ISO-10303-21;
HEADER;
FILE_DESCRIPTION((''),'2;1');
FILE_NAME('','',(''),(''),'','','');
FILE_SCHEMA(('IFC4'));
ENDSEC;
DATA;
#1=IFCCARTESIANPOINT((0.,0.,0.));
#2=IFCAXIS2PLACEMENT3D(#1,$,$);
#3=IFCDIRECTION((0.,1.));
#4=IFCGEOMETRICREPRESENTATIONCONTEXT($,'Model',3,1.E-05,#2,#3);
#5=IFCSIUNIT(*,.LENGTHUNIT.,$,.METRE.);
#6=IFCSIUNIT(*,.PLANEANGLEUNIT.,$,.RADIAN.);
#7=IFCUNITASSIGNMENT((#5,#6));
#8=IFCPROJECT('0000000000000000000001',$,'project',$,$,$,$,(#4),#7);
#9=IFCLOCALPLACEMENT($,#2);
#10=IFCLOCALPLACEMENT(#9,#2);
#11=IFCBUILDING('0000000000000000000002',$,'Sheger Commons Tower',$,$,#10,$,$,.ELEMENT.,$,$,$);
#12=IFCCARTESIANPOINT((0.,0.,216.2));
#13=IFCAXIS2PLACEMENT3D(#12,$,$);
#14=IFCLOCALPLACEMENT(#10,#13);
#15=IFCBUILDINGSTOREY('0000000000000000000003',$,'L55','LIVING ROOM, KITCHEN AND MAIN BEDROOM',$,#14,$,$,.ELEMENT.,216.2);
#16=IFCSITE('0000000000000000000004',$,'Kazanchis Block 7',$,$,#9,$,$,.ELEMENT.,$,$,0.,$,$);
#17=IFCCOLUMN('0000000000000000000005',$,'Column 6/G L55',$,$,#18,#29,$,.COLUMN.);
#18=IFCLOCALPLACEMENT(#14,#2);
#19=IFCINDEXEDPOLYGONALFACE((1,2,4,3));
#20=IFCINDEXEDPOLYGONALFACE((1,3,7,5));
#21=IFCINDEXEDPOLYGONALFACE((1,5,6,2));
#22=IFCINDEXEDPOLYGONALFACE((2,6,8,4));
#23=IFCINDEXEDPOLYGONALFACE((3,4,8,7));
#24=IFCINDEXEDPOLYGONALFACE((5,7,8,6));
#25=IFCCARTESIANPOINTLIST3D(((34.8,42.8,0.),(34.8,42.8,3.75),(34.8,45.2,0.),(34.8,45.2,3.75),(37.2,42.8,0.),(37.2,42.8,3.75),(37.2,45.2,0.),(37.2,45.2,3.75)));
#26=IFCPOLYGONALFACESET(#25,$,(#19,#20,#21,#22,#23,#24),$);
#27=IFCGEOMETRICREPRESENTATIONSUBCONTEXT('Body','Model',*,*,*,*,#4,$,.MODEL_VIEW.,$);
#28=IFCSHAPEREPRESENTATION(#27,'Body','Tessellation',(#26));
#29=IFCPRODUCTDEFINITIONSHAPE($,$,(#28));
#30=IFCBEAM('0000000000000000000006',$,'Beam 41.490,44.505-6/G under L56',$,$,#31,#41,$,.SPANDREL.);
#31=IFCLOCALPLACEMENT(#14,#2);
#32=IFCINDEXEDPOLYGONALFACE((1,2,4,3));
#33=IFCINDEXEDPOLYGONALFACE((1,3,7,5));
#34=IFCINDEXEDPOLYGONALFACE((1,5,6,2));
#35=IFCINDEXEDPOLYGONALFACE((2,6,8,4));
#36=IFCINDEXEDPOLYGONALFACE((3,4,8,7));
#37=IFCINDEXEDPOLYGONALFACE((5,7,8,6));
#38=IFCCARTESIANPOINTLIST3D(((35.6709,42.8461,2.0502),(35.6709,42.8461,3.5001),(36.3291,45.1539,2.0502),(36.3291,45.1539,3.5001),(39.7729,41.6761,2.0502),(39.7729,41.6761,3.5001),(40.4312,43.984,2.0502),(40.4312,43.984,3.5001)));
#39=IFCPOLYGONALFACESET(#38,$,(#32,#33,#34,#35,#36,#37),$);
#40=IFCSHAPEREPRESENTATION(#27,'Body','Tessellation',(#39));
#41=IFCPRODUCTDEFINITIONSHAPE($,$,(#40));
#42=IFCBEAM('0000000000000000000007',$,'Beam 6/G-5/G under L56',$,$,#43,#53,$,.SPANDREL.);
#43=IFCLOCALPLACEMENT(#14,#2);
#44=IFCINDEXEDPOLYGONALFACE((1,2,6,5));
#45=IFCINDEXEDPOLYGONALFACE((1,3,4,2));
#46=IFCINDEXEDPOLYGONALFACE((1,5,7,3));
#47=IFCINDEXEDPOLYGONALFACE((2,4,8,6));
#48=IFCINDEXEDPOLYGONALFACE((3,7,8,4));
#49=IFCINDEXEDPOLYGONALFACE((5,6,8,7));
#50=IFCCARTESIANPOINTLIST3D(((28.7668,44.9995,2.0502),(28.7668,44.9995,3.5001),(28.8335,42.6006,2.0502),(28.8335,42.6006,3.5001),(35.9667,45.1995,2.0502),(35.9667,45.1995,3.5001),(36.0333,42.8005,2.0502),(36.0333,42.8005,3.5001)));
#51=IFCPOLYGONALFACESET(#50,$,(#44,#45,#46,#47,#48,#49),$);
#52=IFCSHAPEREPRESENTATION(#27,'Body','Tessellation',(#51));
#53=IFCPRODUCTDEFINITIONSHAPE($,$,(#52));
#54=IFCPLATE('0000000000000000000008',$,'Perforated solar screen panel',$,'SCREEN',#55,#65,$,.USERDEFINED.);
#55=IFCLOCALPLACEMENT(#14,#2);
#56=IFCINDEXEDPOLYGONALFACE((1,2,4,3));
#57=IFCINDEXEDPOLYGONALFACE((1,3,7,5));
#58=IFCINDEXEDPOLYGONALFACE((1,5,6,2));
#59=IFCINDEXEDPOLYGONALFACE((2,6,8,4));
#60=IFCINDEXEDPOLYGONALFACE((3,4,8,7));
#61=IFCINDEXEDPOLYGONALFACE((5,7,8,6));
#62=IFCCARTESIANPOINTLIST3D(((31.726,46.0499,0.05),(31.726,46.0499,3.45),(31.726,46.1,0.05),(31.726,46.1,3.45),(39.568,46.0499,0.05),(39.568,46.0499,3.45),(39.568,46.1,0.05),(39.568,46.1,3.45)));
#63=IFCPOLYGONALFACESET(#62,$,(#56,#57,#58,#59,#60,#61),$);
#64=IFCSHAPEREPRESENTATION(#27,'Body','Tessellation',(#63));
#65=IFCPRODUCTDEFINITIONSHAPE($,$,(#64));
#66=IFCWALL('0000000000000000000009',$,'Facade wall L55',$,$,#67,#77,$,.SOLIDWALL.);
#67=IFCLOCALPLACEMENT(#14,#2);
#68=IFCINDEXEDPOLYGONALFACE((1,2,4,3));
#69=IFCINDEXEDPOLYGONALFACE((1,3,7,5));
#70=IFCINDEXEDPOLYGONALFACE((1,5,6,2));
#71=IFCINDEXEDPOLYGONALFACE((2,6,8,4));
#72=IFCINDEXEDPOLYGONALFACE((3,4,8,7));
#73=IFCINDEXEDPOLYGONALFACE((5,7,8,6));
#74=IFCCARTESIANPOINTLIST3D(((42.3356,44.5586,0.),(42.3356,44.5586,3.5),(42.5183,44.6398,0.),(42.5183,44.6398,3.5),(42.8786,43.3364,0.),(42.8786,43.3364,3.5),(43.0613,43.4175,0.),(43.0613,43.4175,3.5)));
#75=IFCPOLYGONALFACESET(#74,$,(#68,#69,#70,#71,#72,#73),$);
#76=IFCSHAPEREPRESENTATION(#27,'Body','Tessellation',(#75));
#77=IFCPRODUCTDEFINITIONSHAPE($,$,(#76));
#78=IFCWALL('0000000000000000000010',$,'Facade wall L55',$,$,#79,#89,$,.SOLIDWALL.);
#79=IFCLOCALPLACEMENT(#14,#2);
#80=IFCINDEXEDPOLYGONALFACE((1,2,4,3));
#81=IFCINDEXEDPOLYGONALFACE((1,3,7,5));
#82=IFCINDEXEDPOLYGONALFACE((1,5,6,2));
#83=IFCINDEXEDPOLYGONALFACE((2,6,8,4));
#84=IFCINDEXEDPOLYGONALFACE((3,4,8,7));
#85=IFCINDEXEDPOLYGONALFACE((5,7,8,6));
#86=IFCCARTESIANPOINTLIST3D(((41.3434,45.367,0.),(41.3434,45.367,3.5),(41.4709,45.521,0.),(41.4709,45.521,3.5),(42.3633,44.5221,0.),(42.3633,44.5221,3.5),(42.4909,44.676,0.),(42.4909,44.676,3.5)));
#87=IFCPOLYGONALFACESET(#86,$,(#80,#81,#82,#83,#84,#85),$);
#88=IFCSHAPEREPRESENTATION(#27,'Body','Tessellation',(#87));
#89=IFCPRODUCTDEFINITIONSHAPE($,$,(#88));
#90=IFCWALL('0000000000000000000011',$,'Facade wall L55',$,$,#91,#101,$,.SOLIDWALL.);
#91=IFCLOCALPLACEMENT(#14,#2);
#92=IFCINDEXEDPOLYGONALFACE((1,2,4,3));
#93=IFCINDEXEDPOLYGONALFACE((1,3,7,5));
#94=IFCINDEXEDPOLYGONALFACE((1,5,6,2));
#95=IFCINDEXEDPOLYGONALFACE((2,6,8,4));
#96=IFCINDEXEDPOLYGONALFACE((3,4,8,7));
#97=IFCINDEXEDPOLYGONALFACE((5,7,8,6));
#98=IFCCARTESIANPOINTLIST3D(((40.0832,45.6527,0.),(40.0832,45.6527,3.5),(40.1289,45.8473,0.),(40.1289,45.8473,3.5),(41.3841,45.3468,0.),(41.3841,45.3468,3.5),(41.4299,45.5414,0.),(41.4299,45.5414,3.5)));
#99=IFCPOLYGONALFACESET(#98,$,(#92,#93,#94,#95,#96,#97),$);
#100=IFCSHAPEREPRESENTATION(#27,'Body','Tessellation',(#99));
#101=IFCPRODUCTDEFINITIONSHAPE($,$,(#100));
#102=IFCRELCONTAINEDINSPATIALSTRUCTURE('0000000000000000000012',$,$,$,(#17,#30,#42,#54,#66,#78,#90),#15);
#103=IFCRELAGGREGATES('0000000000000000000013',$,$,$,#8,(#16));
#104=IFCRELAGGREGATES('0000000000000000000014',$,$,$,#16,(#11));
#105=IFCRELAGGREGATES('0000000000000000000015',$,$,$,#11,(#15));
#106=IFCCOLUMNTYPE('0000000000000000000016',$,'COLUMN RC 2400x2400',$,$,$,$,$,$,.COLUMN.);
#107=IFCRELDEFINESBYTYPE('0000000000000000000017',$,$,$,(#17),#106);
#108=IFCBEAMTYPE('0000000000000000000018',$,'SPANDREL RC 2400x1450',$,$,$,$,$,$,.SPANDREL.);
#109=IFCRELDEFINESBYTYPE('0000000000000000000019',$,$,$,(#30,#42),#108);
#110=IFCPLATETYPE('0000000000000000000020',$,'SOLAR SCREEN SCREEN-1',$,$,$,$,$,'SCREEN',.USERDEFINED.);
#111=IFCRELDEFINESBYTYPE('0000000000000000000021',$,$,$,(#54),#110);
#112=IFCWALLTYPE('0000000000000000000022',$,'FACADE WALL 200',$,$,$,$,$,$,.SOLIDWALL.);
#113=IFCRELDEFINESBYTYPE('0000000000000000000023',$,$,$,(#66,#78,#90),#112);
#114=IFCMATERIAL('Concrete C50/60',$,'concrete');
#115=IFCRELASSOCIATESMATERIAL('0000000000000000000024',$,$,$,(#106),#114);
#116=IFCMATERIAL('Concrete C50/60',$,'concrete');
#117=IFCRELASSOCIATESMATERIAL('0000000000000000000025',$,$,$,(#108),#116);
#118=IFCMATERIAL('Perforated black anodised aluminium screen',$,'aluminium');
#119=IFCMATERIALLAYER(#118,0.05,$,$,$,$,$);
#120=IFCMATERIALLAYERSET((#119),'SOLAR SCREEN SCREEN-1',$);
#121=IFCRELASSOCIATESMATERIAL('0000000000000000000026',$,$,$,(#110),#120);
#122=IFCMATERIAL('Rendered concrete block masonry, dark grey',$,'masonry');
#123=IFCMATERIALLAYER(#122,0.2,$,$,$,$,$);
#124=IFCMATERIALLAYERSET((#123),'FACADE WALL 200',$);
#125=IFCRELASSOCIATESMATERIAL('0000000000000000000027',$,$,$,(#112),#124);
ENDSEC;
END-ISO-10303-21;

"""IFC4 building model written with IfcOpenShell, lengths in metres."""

from ifc_helpers import new_model, si_unit, direction, frame, frame_2d, origin, origin_2d, place, context, subcontext, project, spatial, rectangle, extrude, material, layer, layer_set, material_profile, profile_set, type_object, element, save


model = new_model("IFC4")

# Units and contexts
model_context = context("Model", 3, precision=1e-05, world=origin(), true_north=direction((0.0, 1.0)))
body_context = subcontext(model_context, "Body", "Model", "MODEL_VIEW")
ifc_project = project(units=[si_unit("LENGTHUNIT", "METRE"), si_unit("PLANEANGLEUNIT", "RADIAN")], contexts=[model_context])

# Site, building, storey
site_placement = place(None, origin())
site = spatial("IfcSite", under=ifc_project, at=site_placement, Name="Kazanchis Block 7", CompositionType="ELEMENT", RefElevation=0.0)
building_placement = place(site_placement, origin())
building = spatial("IfcBuilding", under=site, at=building_placement, Name="Sheger Commons Tower", CompositionType="ELEMENT")
storey_placement = place(building_placement, frame((0.0, 0.0, 216.2)))
storey = spatial("IfcBuildingStorey", under=building, at=storey_placement, Name="L55", Description="LIVING ROOM, KITCHEN AND MAIN BEDROOM", CompositionType="ELEMENT", Elevation=216.2)

# Column
ifc_material_1 = material(Name="Concrete C50/60", Category="concrete")
ifc_material_profile_1 = material_profile(ifc_material_1, rectangle(XDim=2.3999, YDim=2.3999, at=origin_2d()), Name="RC 2400x2400")
ifc_profile_set_1 = profile_set([ifc_material_profile_1], Name="Concrete C50/60")
column_type = type_object("IfcColumnType", Name="COLUMN RC 2400x2400", PredefinedType="COLUMN", material=ifc_profile_set_1)
column_placement = place(storey_placement, frame((36.0, 44.0, 0.0), z_axis=(0.0, 0.0, 1.0), x_axis=(1.0, 0.0, 0.0)))
element("IfcColumn", 1, at=column_placement, inside=storey, type_object=column_type, Name="Column 6/G L55", PredefinedType="COLUMN", context=body_context, shape_type="SweptSolid", body=[
    extrude(rectangle(XDim=2.3999, YDim=2.3999, at=origin_2d()), origin(), (0.0, 0.0, 1.0), 3.75),
])

# Beams
ifc_material_2 = material(Name="Concrete C50/60", Category="concrete")
ifc_material_profile_2 = material_profile(ifc_material_2, rectangle(XDim=2.3999, YDim=1.45, at=origin_2d()), Name="RC 2400x1450")
ifc_profile_set_2 = profile_set([ifc_material_profile_2], Name="Concrete C50/60")
beam_type = type_object("IfcBeamType", Name="SPANDREL RC 2400x1450", PredefinedType="SPANDREL", material=ifc_profile_set_2)
beam_1_placement = place(storey_placement, frame((40.1021, 42.8301, 2.7751), z_axis=(-0.961653, 0.274268, 0.0), x_axis=(-0.274268, -0.961653, 0.0)))
element("IfcBeam", 2, at=beam_1_placement, inside=storey, type_object=beam_type, Name="Beam 41.490,44.505-6/G under L56", PredefinedType="SPANDREL", context=body_context, shape_type="SweptSolid", body=[
    extrude(rectangle(XDim=2.3999, YDim=1.45, at=origin_2d()), origin(), (0.0, 0.0, 1.0), 4.2656),
])
beam_2_placement = place(storey_placement, frame((36.0, 44.0, 2.7751), z_axis=(-0.999615, -0.02776, 0.0), x_axis=(0.02776, -0.999615, 0.0)))
element("IfcBeam", 3, at=beam_2_placement, inside=storey, type_object=beam_type, Name="Beam 6/G-5/G under L56", PredefinedType="SPANDREL", context=body_context, shape_type="SweptSolid", body=[
    extrude(rectangle(XDim=2.3999, YDim=1.45, at=origin_2d()), origin(), (0.0, 0.0, 1.0), 7.2026),
])

# Plate
ifc_material_3 = material(Name="Perforated black anodised aluminium screen", Category="aluminium")
ifc_layer_1 = layer(ifc_material_3, 0.05)
ifc_layer_set_1 = layer_set([ifc_layer_1], Name="SOLAR SCREEN SCREEN-1")
plate_type = type_object("IfcPlateType", Name="SOLAR SCREEN SCREEN-1", ElementType="SCREEN", PredefinedType="USERDEFINED", material=ifc_layer_set_1)
plate_placement = place(storey_placement, frame((35.647, 46.075, 0.05), z_axis=(0.0, 0.0, 1.0), x_axis=(-1.0, 0.0, 0.0)))
element("IfcPlate", 4, at=plate_placement, inside=storey, type_object=plate_type, Name="Perforated solar screen panel", ObjectType="SCREEN", PredefinedType="USERDEFINED", context=body_context, shape_type="SweptSolid", body=[
    extrude(rectangle(XDim=7.842, YDim=0.05, at=origin_2d()), origin(), (0.0, 0.0, 1.0), 3.3999),
])

# Walls
ifc_material_4 = material(Name="Rendered concrete block masonry, dark grey", Category="masonry")
ifc_layer_2 = layer(ifc_material_4, 0.2)
ifc_layer_set_2 = layer_set([ifc_layer_2], Name="FACADE WALL 200")
wall_type_1 = type_object("IfcWallType", Name="FACADE WALL 200", PredefinedType="SOLIDWALL", material=ifc_layer_set_2)
wall_1_placement = place(storey_placement, frame((42.97, 43.377, 0.0), z_axis=(0.0, 0.0, 1.0), x_axis=(-0.406003, 0.913872, 0.0)))
element("IfcWall", 5, at=wall_1_placement, inside=storey, type_object=wall_type_1, Name="Facade wall L55", PredefinedType="SOLIDWALL", context=body_context, shape_type="SweptSolid", body=[
    extrude(rectangle(XDim=1.3374, YDim=0.2, at=frame_2d((0.6687, 0.0))), origin(), (0.0, 0.0, 1.0), 3.5),
])
wall_2_placement = place(storey_placement, frame((42.427, 44.5991, 0.0), z_axis=(0.0, 0.0, 1.0), x_axis=(-0.770091, 0.637934, 0.0)))
element("IfcWall", 6, at=wall_2_placement, inside=storey, type_object=wall_type_1, Name="Facade wall L55", PredefinedType="SOLIDWALL", context=body_context, shape_type="SweptSolid", body=[
    extrude(rectangle(XDim=1.3245, YDim=0.2, at=frame_2d((0.6621, 0.0))), origin(), (0.0, 0.0, 1.0), 3.5),
])
wall_3_placement = place(storey_placement, frame((41.407, 45.4441, 0.0), z_axis=(0.0, 0.0, 1.0), x_axis=(-0.973453, 0.228887, 0.0)))
element("IfcWall", 7, at=wall_3_placement, inside=storey, type_object=wall_type_1, Name="Facade wall L55", PredefinedType="SOLIDWALL", context=body_context, shape_type="SweptSolid", body=[
    extrude(rectangle(XDim=1.3364, YDim=0.2, at=frame_2d((0.6682, 0.0))), origin(), (0.0, 0.0, 1.0), 3.5),
])

save(model, "model.ifc")
